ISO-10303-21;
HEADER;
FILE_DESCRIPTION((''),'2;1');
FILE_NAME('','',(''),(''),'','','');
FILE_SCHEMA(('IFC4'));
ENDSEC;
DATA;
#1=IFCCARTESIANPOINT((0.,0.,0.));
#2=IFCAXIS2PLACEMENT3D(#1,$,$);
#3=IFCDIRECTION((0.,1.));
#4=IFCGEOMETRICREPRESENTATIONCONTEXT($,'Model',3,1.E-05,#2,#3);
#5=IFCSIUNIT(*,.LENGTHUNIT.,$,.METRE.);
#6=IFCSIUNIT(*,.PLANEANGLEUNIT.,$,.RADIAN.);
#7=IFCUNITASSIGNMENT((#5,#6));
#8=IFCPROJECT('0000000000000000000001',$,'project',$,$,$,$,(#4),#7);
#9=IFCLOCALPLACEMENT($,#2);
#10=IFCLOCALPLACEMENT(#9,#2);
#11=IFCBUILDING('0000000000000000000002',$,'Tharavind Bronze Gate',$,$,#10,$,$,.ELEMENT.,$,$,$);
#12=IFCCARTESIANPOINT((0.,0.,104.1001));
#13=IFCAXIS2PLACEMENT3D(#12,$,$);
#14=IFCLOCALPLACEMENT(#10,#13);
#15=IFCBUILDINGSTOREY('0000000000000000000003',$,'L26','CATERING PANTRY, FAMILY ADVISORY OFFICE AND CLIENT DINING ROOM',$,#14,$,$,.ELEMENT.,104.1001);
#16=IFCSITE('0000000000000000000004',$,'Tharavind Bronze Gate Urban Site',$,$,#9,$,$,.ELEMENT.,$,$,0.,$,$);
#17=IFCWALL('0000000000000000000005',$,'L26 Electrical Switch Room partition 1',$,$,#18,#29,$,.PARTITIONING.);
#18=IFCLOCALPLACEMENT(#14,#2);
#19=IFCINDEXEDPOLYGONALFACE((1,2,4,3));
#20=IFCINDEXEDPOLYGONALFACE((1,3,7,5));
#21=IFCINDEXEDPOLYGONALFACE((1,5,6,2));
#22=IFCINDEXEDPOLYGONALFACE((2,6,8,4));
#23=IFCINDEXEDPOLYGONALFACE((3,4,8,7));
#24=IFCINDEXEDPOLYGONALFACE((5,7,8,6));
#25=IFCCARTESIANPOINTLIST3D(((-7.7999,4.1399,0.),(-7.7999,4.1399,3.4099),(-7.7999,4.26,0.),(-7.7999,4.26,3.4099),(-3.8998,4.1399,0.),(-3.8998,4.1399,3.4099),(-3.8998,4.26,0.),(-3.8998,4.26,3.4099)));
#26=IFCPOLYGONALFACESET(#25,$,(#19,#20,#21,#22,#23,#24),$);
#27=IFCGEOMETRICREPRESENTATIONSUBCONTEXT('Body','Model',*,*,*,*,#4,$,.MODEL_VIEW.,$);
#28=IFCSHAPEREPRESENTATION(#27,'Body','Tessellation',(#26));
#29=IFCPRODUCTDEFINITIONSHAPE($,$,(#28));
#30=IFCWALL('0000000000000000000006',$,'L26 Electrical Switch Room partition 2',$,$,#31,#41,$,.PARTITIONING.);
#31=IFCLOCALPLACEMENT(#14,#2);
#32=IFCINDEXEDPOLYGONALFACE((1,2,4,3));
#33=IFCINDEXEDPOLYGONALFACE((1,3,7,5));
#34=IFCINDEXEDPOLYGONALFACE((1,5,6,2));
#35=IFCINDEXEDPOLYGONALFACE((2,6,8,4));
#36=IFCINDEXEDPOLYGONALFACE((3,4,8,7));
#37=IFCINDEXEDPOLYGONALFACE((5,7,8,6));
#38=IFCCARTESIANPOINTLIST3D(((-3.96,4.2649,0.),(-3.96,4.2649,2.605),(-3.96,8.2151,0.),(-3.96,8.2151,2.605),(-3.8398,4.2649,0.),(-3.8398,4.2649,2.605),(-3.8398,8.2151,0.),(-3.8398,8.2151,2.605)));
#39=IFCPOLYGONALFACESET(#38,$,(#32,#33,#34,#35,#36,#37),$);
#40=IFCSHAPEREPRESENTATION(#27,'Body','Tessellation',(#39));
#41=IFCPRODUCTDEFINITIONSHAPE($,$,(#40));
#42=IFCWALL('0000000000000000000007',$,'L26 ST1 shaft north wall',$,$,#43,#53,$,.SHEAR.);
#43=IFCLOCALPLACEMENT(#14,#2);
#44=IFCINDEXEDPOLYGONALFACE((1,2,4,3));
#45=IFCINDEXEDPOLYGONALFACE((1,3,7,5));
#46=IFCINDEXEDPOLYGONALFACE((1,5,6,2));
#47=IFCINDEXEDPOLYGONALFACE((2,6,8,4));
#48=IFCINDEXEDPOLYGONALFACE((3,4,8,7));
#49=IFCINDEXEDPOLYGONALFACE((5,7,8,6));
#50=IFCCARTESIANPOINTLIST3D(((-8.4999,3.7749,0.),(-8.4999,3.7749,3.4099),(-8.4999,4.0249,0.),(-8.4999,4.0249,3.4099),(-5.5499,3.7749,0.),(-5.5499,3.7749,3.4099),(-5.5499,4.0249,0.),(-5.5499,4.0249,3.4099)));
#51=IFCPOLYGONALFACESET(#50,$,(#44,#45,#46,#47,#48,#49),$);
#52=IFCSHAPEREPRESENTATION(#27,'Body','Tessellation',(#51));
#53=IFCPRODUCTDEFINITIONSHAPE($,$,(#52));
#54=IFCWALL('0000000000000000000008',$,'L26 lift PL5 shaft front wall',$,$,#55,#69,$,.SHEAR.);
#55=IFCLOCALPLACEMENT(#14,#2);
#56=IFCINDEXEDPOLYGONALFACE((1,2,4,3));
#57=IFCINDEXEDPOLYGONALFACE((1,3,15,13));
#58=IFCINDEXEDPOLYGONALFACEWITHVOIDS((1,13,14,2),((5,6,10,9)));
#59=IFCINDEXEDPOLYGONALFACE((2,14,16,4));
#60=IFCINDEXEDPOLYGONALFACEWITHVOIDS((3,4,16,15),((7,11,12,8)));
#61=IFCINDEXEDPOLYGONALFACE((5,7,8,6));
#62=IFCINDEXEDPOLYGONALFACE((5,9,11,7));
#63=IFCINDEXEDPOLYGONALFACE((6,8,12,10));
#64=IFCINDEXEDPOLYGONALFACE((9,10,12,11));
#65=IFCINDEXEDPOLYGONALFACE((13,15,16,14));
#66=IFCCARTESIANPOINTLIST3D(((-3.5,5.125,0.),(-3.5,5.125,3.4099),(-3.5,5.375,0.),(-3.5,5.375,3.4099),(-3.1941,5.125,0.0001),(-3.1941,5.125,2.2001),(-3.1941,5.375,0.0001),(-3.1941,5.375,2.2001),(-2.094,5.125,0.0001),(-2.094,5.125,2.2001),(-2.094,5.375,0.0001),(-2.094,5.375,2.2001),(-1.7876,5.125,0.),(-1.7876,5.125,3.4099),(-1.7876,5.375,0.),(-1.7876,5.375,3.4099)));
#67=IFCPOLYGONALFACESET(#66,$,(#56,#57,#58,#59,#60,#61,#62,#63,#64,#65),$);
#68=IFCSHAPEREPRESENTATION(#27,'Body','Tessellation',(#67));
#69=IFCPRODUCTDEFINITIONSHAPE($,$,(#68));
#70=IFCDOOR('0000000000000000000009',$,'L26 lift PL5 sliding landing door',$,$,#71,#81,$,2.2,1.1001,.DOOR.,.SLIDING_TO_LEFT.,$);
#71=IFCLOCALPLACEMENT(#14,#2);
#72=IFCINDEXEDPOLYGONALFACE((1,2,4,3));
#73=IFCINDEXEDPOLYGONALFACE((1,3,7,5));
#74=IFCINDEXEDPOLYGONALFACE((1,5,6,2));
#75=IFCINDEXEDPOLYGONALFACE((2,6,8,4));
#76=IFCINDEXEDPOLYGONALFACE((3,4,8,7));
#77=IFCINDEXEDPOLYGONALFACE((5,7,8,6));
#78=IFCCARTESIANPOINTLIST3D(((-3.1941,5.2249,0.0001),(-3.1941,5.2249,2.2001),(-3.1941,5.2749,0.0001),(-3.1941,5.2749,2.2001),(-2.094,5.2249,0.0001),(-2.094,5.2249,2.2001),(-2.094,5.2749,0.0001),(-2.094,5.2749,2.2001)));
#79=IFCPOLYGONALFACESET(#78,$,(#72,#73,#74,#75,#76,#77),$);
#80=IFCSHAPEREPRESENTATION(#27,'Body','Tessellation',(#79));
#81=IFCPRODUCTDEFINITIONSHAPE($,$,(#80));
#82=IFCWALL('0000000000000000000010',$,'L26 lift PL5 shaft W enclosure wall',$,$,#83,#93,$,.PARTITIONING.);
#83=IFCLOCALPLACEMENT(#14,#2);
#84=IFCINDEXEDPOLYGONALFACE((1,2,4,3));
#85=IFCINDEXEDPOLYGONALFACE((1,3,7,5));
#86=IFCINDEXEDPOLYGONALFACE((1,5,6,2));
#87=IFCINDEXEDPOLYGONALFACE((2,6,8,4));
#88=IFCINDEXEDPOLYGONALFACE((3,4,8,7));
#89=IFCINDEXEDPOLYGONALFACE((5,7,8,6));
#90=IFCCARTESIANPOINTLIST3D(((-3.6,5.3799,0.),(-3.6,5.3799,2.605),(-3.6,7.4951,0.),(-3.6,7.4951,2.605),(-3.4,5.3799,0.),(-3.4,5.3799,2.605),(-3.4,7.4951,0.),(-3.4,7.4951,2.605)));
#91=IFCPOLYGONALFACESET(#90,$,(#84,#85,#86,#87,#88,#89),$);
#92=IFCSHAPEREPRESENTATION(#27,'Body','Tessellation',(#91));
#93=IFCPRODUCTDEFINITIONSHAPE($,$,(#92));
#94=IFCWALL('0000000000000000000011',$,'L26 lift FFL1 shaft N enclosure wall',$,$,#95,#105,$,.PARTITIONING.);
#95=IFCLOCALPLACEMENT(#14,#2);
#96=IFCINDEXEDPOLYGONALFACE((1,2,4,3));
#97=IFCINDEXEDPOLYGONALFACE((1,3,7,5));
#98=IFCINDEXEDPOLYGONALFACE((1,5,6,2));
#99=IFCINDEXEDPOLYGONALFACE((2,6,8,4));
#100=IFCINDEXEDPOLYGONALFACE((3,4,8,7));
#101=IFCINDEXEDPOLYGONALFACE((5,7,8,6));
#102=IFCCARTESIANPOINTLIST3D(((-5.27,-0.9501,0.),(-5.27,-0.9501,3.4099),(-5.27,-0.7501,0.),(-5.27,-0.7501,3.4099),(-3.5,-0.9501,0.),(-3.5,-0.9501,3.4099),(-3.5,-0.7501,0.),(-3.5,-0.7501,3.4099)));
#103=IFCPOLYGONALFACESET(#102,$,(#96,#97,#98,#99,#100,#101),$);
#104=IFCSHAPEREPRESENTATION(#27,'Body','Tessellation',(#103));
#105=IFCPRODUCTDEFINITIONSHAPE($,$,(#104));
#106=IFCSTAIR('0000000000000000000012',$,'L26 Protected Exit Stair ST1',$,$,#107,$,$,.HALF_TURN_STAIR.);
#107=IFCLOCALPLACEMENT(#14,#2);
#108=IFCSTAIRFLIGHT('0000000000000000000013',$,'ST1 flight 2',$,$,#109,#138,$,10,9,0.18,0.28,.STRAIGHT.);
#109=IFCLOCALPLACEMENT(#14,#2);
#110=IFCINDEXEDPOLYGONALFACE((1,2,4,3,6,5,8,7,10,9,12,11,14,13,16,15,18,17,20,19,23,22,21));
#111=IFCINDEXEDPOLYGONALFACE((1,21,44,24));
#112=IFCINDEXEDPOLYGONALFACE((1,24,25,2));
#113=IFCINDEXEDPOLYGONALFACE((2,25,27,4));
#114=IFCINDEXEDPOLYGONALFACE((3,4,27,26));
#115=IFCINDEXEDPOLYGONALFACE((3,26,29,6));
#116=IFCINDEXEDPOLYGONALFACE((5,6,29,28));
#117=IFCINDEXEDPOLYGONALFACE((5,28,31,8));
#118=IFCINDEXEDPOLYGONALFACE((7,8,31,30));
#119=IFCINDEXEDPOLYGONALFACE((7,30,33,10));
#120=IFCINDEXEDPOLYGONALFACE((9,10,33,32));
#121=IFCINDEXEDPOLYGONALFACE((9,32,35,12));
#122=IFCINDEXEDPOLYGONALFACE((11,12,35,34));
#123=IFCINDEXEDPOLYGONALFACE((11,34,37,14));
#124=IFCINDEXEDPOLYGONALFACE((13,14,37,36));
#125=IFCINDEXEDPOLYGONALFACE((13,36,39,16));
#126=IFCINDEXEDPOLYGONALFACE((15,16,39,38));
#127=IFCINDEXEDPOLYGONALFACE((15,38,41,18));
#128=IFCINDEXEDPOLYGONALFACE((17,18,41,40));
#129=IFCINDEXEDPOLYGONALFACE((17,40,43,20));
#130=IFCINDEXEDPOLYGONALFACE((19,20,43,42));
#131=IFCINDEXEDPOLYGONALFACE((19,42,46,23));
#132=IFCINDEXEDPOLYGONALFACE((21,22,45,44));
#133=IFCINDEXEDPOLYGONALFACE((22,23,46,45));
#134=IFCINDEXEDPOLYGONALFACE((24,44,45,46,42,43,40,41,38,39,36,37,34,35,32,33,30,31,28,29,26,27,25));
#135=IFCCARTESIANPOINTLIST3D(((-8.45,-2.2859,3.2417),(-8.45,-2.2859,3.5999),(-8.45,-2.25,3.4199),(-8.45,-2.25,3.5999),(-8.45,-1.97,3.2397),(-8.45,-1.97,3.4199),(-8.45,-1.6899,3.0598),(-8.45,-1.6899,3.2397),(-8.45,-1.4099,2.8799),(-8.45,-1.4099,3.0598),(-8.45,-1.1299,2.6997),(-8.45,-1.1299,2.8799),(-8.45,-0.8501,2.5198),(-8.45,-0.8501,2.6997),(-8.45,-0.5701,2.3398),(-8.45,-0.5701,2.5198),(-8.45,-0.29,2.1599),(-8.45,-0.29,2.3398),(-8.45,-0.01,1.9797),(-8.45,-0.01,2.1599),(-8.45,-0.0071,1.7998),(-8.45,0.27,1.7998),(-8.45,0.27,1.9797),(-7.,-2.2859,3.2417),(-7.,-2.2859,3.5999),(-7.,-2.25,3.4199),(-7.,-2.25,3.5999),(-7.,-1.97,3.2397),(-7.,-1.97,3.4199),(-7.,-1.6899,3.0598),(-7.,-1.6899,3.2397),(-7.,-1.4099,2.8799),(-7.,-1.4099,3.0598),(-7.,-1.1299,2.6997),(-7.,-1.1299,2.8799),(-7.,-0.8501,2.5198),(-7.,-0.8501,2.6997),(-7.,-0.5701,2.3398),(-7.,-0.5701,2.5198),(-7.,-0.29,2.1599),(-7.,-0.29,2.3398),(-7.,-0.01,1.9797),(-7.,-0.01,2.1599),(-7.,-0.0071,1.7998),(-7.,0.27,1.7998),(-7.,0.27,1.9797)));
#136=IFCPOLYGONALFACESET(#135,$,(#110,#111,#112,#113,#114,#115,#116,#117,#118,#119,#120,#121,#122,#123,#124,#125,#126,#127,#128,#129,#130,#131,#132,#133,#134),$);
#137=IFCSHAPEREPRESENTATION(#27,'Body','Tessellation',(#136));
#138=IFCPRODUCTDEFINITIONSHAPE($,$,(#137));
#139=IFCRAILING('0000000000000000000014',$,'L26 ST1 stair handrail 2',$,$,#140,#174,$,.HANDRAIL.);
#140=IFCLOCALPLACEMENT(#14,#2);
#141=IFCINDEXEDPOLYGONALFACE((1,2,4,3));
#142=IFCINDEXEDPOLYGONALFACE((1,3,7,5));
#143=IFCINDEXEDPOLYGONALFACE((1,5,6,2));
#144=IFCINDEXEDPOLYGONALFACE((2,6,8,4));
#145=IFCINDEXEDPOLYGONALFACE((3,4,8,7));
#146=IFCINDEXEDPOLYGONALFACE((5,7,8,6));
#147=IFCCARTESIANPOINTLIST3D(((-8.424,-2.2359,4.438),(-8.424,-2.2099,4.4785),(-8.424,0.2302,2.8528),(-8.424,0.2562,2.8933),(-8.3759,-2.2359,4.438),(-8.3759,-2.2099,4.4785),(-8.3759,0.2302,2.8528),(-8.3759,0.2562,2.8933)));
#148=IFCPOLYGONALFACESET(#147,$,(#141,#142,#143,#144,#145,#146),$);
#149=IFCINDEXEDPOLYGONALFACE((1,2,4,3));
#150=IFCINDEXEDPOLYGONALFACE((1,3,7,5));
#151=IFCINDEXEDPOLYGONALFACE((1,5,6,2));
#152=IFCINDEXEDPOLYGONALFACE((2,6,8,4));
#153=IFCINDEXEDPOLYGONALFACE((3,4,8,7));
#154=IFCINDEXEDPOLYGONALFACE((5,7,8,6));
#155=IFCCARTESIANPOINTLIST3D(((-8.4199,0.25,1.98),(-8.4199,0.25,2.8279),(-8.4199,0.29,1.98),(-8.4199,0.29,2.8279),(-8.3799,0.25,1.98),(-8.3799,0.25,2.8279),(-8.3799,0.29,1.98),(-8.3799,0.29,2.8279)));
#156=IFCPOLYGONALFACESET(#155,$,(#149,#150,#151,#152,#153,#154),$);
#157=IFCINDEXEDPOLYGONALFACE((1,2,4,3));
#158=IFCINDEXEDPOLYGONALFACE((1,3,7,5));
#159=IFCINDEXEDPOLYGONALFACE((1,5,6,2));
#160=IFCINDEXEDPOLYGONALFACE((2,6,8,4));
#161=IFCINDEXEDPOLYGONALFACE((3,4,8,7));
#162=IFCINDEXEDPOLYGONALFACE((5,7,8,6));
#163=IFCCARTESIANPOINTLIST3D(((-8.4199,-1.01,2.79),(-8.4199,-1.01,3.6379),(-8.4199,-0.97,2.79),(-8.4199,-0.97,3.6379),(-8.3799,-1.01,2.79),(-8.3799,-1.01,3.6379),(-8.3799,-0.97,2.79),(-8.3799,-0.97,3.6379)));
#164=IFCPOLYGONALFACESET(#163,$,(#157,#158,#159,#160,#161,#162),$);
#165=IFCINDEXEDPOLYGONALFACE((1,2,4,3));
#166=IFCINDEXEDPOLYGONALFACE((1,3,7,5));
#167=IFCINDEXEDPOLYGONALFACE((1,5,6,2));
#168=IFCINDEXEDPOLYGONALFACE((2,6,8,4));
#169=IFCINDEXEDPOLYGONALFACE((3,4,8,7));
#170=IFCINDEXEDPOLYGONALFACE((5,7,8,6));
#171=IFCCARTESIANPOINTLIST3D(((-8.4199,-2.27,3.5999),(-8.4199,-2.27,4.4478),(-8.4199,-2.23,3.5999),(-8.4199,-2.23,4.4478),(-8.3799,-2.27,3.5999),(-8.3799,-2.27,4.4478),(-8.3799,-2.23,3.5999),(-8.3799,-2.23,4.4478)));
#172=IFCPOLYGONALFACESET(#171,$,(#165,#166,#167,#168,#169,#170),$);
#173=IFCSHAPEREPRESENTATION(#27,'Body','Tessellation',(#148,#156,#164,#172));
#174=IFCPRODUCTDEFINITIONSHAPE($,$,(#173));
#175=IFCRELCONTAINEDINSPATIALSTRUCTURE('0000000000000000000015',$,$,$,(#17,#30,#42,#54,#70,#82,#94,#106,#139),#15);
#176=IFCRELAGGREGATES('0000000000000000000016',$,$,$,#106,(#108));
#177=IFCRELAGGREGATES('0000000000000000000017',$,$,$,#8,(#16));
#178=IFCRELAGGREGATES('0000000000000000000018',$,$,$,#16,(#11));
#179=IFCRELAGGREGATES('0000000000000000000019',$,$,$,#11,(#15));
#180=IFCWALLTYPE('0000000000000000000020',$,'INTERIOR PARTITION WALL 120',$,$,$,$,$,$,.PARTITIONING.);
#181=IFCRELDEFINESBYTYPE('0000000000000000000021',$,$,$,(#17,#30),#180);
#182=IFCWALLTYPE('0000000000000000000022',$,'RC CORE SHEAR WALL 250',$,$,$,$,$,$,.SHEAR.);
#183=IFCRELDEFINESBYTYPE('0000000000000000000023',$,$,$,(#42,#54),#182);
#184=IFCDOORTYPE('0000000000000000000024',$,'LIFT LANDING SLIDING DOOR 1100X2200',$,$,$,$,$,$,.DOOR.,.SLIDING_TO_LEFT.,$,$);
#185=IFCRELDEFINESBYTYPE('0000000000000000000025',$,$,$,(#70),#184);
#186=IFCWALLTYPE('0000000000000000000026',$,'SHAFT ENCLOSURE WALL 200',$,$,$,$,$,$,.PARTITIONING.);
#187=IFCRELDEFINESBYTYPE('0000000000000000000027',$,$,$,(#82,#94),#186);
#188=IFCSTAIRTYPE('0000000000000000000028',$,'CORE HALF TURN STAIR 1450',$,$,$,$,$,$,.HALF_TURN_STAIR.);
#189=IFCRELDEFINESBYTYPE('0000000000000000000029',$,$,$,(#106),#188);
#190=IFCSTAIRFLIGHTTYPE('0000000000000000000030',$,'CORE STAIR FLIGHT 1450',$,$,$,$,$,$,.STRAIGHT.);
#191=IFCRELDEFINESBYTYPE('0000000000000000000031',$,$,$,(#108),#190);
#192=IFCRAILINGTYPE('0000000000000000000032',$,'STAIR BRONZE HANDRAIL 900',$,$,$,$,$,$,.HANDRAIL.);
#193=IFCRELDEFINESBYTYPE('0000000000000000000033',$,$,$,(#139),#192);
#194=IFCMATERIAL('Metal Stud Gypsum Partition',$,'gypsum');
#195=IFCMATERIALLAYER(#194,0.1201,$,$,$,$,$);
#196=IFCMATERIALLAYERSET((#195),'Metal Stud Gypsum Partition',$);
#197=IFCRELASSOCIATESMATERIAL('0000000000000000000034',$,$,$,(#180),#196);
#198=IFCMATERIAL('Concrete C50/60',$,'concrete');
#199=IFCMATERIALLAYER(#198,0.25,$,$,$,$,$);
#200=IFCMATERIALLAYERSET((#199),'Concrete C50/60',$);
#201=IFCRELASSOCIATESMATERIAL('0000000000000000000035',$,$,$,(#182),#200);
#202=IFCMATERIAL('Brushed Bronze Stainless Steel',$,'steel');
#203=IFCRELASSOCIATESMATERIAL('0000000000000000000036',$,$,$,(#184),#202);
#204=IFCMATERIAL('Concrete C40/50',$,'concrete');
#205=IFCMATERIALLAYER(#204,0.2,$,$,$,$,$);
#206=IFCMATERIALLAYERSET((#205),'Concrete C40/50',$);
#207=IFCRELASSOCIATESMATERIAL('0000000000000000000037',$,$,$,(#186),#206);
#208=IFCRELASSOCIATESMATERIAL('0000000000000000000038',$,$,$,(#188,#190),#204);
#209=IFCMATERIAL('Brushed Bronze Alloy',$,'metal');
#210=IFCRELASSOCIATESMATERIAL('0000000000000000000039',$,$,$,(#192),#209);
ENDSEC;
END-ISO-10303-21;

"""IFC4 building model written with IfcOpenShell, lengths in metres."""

from ifc_helpers import new_model, si_unit, direction, frame, frame_2d, origin, origin_2d, place, context, subcontext, project, spatial, polyline, rectangle, outline, extrude, material, layer, layer_set, type_object, element, fill, aggregate, save


model = new_model("IFC4")

# Units and contexts
model_context = context("Model", 3, precision=1e-05, world=origin(), true_north=direction((0.0, 1.0)))
body_context = subcontext(model_context, "Body", "Model", "MODEL_VIEW")
ifc_project = project(units=[si_unit("LENGTHUNIT", "METRE"), si_unit("PLANEANGLEUNIT", "RADIAN")], contexts=[model_context])

# Site, building, storey
site_placement = place(None, origin())
site = spatial("IfcSite", under=ifc_project, at=site_placement, Name="Tharavind Bronze Gate Urban Site", CompositionType="ELEMENT", RefElevation=0.0)
building_placement = place(site_placement, origin())
building = spatial("IfcBuilding", under=site, at=building_placement, Name="Tharavind Bronze Gate", CompositionType="ELEMENT")
storey_placement = place(building_placement, frame((0.0, 0.0, 104.1001)))
storey = spatial("IfcBuildingStorey", under=building, at=storey_placement, Name="L26", Description="CATERING PANTRY, FAMILY ADVISORY OFFICE AND CLIENT DINING ROOM", CompositionType="ELEMENT", Elevation=104.1001)

# Shared definitions
ifc_material_1 = material(Name="Metal Stud Gypsum Partition", Category="gypsum")
ifc_layer_1 = layer(ifc_material_1, 0.1201)
ifc_layer_set_1 = layer_set([ifc_layer_1], Name="Metal Stud Gypsum Partition")
wall_type_1 = type_object("IfcWallType", Name="INTERIOR PARTITION WALL 120", PredefinedType="PARTITIONING", material=ifc_layer_set_1)

# Walls
wall_1_placement = place(storey_placement, frame((-7.8, 4.2, 0.0), z_axis=(0.0, 0.0, 1.0), x_axis=(1.0, 0.0, 0.0)))
element("IfcWall", 1, at=wall_1_placement, inside=storey, type_object=wall_type_1, Name="L26 Electrical Switch Room partition 1", PredefinedType="PARTITIONING", context=body_context, shape_type="SweptSolid", body=[
    extrude(rectangle(XDim=3.9001, YDim=0.1201, at=frame_2d((1.9502, 0.0))), origin(), (0.0, 0.0, 1.0), 3.4099),
])
wall_2_placement = place(storey_placement, frame((-3.8999, 4.2649, 0.0), z_axis=(0.0, 0.0, 1.0), x_axis=(0.0, 1.0, 0.0)))
element("IfcWall", 2, at=wall_2_placement, inside=storey, type_object=wall_type_1, Name="L26 Electrical Switch Room partition 2", PredefinedType="PARTITIONING", context=body_context, shape_type="SweptSolid", body=[
    extrude(rectangle(XDim=3.9502, YDim=0.1201, at=frame_2d((1.9751, 0.0))), origin(), (0.0, 0.0, 1.0), 2.605),
])
ifc_material_2 = material(Name="Concrete C50/60", Category="concrete")
ifc_layer_2 = layer(ifc_material_2, 0.25)
ifc_layer_set_2 = layer_set([ifc_layer_2], Name="Concrete C50/60")
wall_type_2 = type_object("IfcWallType", Name="RC CORE SHEAR WALL 250", PredefinedType="SHEAR", material=ifc_layer_set_2)
wall_3_placement = place(storey_placement, frame((-8.5, 3.8999, 0.0), z_axis=(0.0, 0.0, 1.0), x_axis=(1.0, 0.0, 0.0)))
element("IfcWall", 3, at=wall_3_placement, inside=storey, type_object=wall_type_2, Name="L26 ST1 shaft north wall", PredefinedType="SHEAR", context=body_context, shape_type="SweptSolid", body=[
    extrude(rectangle(XDim=2.95, YDim=0.25, at=frame_2d((1.4751, 0.0))), origin(), (0.0, 0.0, 1.0), 3.4099),
])

# Wall, opening, door
wall_4_placement = place(storey_placement, frame((-3.5, 5.25, 0.0), z_axis=(0.0, 0.0, 1.0), x_axis=(1.0, 0.0, 0.0)))
wall_4 = element("IfcWall", 4, at=wall_4_placement, inside=storey, type_object=wall_type_2, Name="L26 lift PL5 shaft front wall", PredefinedType="SHEAR", context=body_context, shape_type="SweptSolid", body=[
    extrude(rectangle(XDim=1.7124, YDim=0.25, at=frame_2d((0.8562, 0.0))), origin(), (0.0, 0.0, 1.0), 3.4099),
])
opening_1_placement = place(wall_4_placement, frame((0.3059, 0.0, 0.0)))
opening_1 = element("IfcOpeningElement", 5, at=opening_1_placement, cuts=wall_4, PredefinedType="OPENING", context=body_context, shape_type="SweptSolid", body=[
    extrude(rectangle(XDim=1.1001, YDim=2.2, at=frame_2d((0.55, 1.1001))), frame((0.0, 0.135, 0.0), z_axis=(0.0, -1.0, 0.0), x_axis=(1.0, 0.0, 0.0)), (0.0, 0.0, 1.0), 0.27),
])
ifc_material_3 = material(Name="Brushed Bronze Stainless Steel", Category="steel")
door_type_1 = type_object("IfcDoorType", Name="LIFT LANDING SLIDING DOOR 1100X2200", OperationType="SLIDING_TO_LEFT", PredefinedType="DOOR", material=ifc_material_3)
door_1_placement = place(opening_1_placement, origin())
door_1 = element("IfcDoor", 6, at=door_1_placement, inside=storey, type_object=door_type_1, Name="L26 lift PL5 sliding landing door", OperationType="SLIDING_TO_LEFT", OverallHeight=2.2, OverallWidth=1.1001, PredefinedType="DOOR", context=body_context, shape_type="SweptSolid", body=[
    extrude(rectangle(XDim=1.1001, YDim=2.2, at=frame_2d((0.55, 1.1001))), frame((0.0, 0.0249, 0.0), z_axis=(0.0, -1.0, 0.0), x_axis=(1.0, 0.0, 0.0)), (0.0, 0.0, 1.0), 0.05),
])
fill(opening_1, door_1)

# Walls
ifc_material_4 = material(Name="Concrete C40/50", Category="concrete")
ifc_layer_3 = layer(ifc_material_4, 0.2)
ifc_layer_set_3 = layer_set([ifc_layer_3], Name="Concrete C40/50")
wall_type_3 = type_object("IfcWallType", Name="SHAFT ENCLOSURE WALL 200", PredefinedType="PARTITIONING", material=ifc_layer_set_3)
wall_5_placement = place(storey_placement, frame((-3.5, 5.3799, 0.0), z_axis=(0.0, 0.0, 1.0), x_axis=(0.0, 1.0, 0.0)))
element("IfcWall", 7, at=wall_5_placement, inside=storey, type_object=wall_type_3, Name="L26 lift PL5 shaft W enclosure wall", PredefinedType="PARTITIONING", context=body_context, shape_type="SweptSolid", body=[
    extrude(rectangle(XDim=2.1152, YDim=0.2, at=frame_2d((1.0576, 0.0))), origin(), (0.0, 0.0, 1.0), 2.605),
])
wall_6_placement = place(storey_placement, frame((-5.27, -0.8501, 0.0), z_axis=(0.0, 0.0, 1.0), x_axis=(1.0, 0.0, 0.0)))
element("IfcWall", 8, at=wall_6_placement, inside=storey, type_object=wall_type_3, Name="L26 lift FFL1 shaft N enclosure wall", PredefinedType="PARTITIONING", context=body_context, shape_type="SweptSolid", body=[
    extrude(rectangle(XDim=1.77, YDim=0.2, at=frame_2d((0.885, 0.0))), origin(), (0.0, 0.0, 1.0), 3.4099),
])

# Stair, stair flight
stair_type = type_object("IfcStairType", Name="CORE HALF TURN STAIR 1450", PredefinedType="HALF_TURN_STAIR", material=ifc_material_4)
stair_placement = place(storey_placement, origin())
stair = element("IfcStair", 9, at=stair_placement, inside=storey, type_object=stair_type, Name="L26 Protected Exit Stair ST1", PredefinedType="HALF_TURN_STAIR")
stair_flight_type = type_object("IfcStairFlightType", Name="CORE STAIR FLIGHT 1450", PredefinedType="STRAIGHT", material=ifc_material_4)
stair_flight_placement = place(storey_placement, frame((-7.7251, 0.27, 1.7998), z_axis=(0.0, 0.0, 1.0), x_axis=(0.0, -1.0, 0.0)))
stair_flight = element("IfcStairFlight", 10, at=stair_flight_placement, type_object=stair_flight_type, Name="ST1 flight 2", NumberOfRisers=10, NumberOfTreads=9, PredefinedType="STRAIGHT", RiserHeight=0.18, TreadLength=0.28, context=body_context, shape_type="SweptSolid", body=[
    extrude(outline(polyline([(0.0, 0.0), (0.0, 0.1799), (0.28, 0.1799), (0.28, 0.3601), (0.5601, 0.3601), (0.5601, 0.54), (0.8401, 0.54), (0.8401, 0.72), (1.1201, 0.72), (1.1201, 0.8999), (1.3999, 0.8999), (1.3999, 1.0801), (1.6799, 1.0801), (1.6799, 1.26), (1.96, 1.26), (1.96, 1.4399), (2.24, 1.4399), (2.24, 1.6201), (2.52, 1.6201), (2.52, 1.8), (2.5559, 1.8), (2.5559, 1.4419), (0.2771, 0.0), (0.0, 0.0)])), frame((0.0, 0.7251, 0.0), z_axis=(0.0, -1.0, 0.0), x_axis=(1.0, 0.0, 0.0)), (0.0, 0.0, 1.0), 1.45),
])
aggregate(stair, [stair_flight])

# Railing
ifc_material_5 = material(Name="Brushed Bronze Alloy", Category="metal")
railing_type_1 = type_object("IfcRailingType", Name="STAIR BRONZE HANDRAIL 900", PredefinedType="HANDRAIL", material=ifc_material_5)
railing_1_placement = place(storey_placement, frame((-8.3999, 0.27, 1.98)))
element("IfcRailing", 11, at=railing_1_placement, inside=storey, type_object=railing_type_1, Name="L26 ST1 stair handrail 2", PredefinedType="HANDRAIL", context=body_context, shape_type="SweptSolid", body=[
    extrude(rectangle(XDim=0.0481, YDim=0.0481, at=origin_2d()), frame((0.0, -0.0269, 0.8931), z_axis=(0.0, -0.8412, 0.540725), x_axis=(1.0, 0.0, 0.0)), (0.0, 0.0, 1.0), 2.9316),
    extrude(rectangle(XDim=0.04, YDim=0.04, at=origin_2d()), origin(), (0.0, 0.0, 1.0), 0.8479),
    extrude(rectangle(XDim=0.04, YDim=0.04, at=origin_2d()), frame((0.0, -1.26, 0.8101)), (0.0, 0.0, 1.0), 0.8479),
    extrude(rectangle(XDim=0.04, YDim=0.04, at=origin_2d()), frame((0.0, -2.52, 1.6199)), (0.0, 0.0, 1.0), 0.8479),
])

save(model, "model.ifc")
